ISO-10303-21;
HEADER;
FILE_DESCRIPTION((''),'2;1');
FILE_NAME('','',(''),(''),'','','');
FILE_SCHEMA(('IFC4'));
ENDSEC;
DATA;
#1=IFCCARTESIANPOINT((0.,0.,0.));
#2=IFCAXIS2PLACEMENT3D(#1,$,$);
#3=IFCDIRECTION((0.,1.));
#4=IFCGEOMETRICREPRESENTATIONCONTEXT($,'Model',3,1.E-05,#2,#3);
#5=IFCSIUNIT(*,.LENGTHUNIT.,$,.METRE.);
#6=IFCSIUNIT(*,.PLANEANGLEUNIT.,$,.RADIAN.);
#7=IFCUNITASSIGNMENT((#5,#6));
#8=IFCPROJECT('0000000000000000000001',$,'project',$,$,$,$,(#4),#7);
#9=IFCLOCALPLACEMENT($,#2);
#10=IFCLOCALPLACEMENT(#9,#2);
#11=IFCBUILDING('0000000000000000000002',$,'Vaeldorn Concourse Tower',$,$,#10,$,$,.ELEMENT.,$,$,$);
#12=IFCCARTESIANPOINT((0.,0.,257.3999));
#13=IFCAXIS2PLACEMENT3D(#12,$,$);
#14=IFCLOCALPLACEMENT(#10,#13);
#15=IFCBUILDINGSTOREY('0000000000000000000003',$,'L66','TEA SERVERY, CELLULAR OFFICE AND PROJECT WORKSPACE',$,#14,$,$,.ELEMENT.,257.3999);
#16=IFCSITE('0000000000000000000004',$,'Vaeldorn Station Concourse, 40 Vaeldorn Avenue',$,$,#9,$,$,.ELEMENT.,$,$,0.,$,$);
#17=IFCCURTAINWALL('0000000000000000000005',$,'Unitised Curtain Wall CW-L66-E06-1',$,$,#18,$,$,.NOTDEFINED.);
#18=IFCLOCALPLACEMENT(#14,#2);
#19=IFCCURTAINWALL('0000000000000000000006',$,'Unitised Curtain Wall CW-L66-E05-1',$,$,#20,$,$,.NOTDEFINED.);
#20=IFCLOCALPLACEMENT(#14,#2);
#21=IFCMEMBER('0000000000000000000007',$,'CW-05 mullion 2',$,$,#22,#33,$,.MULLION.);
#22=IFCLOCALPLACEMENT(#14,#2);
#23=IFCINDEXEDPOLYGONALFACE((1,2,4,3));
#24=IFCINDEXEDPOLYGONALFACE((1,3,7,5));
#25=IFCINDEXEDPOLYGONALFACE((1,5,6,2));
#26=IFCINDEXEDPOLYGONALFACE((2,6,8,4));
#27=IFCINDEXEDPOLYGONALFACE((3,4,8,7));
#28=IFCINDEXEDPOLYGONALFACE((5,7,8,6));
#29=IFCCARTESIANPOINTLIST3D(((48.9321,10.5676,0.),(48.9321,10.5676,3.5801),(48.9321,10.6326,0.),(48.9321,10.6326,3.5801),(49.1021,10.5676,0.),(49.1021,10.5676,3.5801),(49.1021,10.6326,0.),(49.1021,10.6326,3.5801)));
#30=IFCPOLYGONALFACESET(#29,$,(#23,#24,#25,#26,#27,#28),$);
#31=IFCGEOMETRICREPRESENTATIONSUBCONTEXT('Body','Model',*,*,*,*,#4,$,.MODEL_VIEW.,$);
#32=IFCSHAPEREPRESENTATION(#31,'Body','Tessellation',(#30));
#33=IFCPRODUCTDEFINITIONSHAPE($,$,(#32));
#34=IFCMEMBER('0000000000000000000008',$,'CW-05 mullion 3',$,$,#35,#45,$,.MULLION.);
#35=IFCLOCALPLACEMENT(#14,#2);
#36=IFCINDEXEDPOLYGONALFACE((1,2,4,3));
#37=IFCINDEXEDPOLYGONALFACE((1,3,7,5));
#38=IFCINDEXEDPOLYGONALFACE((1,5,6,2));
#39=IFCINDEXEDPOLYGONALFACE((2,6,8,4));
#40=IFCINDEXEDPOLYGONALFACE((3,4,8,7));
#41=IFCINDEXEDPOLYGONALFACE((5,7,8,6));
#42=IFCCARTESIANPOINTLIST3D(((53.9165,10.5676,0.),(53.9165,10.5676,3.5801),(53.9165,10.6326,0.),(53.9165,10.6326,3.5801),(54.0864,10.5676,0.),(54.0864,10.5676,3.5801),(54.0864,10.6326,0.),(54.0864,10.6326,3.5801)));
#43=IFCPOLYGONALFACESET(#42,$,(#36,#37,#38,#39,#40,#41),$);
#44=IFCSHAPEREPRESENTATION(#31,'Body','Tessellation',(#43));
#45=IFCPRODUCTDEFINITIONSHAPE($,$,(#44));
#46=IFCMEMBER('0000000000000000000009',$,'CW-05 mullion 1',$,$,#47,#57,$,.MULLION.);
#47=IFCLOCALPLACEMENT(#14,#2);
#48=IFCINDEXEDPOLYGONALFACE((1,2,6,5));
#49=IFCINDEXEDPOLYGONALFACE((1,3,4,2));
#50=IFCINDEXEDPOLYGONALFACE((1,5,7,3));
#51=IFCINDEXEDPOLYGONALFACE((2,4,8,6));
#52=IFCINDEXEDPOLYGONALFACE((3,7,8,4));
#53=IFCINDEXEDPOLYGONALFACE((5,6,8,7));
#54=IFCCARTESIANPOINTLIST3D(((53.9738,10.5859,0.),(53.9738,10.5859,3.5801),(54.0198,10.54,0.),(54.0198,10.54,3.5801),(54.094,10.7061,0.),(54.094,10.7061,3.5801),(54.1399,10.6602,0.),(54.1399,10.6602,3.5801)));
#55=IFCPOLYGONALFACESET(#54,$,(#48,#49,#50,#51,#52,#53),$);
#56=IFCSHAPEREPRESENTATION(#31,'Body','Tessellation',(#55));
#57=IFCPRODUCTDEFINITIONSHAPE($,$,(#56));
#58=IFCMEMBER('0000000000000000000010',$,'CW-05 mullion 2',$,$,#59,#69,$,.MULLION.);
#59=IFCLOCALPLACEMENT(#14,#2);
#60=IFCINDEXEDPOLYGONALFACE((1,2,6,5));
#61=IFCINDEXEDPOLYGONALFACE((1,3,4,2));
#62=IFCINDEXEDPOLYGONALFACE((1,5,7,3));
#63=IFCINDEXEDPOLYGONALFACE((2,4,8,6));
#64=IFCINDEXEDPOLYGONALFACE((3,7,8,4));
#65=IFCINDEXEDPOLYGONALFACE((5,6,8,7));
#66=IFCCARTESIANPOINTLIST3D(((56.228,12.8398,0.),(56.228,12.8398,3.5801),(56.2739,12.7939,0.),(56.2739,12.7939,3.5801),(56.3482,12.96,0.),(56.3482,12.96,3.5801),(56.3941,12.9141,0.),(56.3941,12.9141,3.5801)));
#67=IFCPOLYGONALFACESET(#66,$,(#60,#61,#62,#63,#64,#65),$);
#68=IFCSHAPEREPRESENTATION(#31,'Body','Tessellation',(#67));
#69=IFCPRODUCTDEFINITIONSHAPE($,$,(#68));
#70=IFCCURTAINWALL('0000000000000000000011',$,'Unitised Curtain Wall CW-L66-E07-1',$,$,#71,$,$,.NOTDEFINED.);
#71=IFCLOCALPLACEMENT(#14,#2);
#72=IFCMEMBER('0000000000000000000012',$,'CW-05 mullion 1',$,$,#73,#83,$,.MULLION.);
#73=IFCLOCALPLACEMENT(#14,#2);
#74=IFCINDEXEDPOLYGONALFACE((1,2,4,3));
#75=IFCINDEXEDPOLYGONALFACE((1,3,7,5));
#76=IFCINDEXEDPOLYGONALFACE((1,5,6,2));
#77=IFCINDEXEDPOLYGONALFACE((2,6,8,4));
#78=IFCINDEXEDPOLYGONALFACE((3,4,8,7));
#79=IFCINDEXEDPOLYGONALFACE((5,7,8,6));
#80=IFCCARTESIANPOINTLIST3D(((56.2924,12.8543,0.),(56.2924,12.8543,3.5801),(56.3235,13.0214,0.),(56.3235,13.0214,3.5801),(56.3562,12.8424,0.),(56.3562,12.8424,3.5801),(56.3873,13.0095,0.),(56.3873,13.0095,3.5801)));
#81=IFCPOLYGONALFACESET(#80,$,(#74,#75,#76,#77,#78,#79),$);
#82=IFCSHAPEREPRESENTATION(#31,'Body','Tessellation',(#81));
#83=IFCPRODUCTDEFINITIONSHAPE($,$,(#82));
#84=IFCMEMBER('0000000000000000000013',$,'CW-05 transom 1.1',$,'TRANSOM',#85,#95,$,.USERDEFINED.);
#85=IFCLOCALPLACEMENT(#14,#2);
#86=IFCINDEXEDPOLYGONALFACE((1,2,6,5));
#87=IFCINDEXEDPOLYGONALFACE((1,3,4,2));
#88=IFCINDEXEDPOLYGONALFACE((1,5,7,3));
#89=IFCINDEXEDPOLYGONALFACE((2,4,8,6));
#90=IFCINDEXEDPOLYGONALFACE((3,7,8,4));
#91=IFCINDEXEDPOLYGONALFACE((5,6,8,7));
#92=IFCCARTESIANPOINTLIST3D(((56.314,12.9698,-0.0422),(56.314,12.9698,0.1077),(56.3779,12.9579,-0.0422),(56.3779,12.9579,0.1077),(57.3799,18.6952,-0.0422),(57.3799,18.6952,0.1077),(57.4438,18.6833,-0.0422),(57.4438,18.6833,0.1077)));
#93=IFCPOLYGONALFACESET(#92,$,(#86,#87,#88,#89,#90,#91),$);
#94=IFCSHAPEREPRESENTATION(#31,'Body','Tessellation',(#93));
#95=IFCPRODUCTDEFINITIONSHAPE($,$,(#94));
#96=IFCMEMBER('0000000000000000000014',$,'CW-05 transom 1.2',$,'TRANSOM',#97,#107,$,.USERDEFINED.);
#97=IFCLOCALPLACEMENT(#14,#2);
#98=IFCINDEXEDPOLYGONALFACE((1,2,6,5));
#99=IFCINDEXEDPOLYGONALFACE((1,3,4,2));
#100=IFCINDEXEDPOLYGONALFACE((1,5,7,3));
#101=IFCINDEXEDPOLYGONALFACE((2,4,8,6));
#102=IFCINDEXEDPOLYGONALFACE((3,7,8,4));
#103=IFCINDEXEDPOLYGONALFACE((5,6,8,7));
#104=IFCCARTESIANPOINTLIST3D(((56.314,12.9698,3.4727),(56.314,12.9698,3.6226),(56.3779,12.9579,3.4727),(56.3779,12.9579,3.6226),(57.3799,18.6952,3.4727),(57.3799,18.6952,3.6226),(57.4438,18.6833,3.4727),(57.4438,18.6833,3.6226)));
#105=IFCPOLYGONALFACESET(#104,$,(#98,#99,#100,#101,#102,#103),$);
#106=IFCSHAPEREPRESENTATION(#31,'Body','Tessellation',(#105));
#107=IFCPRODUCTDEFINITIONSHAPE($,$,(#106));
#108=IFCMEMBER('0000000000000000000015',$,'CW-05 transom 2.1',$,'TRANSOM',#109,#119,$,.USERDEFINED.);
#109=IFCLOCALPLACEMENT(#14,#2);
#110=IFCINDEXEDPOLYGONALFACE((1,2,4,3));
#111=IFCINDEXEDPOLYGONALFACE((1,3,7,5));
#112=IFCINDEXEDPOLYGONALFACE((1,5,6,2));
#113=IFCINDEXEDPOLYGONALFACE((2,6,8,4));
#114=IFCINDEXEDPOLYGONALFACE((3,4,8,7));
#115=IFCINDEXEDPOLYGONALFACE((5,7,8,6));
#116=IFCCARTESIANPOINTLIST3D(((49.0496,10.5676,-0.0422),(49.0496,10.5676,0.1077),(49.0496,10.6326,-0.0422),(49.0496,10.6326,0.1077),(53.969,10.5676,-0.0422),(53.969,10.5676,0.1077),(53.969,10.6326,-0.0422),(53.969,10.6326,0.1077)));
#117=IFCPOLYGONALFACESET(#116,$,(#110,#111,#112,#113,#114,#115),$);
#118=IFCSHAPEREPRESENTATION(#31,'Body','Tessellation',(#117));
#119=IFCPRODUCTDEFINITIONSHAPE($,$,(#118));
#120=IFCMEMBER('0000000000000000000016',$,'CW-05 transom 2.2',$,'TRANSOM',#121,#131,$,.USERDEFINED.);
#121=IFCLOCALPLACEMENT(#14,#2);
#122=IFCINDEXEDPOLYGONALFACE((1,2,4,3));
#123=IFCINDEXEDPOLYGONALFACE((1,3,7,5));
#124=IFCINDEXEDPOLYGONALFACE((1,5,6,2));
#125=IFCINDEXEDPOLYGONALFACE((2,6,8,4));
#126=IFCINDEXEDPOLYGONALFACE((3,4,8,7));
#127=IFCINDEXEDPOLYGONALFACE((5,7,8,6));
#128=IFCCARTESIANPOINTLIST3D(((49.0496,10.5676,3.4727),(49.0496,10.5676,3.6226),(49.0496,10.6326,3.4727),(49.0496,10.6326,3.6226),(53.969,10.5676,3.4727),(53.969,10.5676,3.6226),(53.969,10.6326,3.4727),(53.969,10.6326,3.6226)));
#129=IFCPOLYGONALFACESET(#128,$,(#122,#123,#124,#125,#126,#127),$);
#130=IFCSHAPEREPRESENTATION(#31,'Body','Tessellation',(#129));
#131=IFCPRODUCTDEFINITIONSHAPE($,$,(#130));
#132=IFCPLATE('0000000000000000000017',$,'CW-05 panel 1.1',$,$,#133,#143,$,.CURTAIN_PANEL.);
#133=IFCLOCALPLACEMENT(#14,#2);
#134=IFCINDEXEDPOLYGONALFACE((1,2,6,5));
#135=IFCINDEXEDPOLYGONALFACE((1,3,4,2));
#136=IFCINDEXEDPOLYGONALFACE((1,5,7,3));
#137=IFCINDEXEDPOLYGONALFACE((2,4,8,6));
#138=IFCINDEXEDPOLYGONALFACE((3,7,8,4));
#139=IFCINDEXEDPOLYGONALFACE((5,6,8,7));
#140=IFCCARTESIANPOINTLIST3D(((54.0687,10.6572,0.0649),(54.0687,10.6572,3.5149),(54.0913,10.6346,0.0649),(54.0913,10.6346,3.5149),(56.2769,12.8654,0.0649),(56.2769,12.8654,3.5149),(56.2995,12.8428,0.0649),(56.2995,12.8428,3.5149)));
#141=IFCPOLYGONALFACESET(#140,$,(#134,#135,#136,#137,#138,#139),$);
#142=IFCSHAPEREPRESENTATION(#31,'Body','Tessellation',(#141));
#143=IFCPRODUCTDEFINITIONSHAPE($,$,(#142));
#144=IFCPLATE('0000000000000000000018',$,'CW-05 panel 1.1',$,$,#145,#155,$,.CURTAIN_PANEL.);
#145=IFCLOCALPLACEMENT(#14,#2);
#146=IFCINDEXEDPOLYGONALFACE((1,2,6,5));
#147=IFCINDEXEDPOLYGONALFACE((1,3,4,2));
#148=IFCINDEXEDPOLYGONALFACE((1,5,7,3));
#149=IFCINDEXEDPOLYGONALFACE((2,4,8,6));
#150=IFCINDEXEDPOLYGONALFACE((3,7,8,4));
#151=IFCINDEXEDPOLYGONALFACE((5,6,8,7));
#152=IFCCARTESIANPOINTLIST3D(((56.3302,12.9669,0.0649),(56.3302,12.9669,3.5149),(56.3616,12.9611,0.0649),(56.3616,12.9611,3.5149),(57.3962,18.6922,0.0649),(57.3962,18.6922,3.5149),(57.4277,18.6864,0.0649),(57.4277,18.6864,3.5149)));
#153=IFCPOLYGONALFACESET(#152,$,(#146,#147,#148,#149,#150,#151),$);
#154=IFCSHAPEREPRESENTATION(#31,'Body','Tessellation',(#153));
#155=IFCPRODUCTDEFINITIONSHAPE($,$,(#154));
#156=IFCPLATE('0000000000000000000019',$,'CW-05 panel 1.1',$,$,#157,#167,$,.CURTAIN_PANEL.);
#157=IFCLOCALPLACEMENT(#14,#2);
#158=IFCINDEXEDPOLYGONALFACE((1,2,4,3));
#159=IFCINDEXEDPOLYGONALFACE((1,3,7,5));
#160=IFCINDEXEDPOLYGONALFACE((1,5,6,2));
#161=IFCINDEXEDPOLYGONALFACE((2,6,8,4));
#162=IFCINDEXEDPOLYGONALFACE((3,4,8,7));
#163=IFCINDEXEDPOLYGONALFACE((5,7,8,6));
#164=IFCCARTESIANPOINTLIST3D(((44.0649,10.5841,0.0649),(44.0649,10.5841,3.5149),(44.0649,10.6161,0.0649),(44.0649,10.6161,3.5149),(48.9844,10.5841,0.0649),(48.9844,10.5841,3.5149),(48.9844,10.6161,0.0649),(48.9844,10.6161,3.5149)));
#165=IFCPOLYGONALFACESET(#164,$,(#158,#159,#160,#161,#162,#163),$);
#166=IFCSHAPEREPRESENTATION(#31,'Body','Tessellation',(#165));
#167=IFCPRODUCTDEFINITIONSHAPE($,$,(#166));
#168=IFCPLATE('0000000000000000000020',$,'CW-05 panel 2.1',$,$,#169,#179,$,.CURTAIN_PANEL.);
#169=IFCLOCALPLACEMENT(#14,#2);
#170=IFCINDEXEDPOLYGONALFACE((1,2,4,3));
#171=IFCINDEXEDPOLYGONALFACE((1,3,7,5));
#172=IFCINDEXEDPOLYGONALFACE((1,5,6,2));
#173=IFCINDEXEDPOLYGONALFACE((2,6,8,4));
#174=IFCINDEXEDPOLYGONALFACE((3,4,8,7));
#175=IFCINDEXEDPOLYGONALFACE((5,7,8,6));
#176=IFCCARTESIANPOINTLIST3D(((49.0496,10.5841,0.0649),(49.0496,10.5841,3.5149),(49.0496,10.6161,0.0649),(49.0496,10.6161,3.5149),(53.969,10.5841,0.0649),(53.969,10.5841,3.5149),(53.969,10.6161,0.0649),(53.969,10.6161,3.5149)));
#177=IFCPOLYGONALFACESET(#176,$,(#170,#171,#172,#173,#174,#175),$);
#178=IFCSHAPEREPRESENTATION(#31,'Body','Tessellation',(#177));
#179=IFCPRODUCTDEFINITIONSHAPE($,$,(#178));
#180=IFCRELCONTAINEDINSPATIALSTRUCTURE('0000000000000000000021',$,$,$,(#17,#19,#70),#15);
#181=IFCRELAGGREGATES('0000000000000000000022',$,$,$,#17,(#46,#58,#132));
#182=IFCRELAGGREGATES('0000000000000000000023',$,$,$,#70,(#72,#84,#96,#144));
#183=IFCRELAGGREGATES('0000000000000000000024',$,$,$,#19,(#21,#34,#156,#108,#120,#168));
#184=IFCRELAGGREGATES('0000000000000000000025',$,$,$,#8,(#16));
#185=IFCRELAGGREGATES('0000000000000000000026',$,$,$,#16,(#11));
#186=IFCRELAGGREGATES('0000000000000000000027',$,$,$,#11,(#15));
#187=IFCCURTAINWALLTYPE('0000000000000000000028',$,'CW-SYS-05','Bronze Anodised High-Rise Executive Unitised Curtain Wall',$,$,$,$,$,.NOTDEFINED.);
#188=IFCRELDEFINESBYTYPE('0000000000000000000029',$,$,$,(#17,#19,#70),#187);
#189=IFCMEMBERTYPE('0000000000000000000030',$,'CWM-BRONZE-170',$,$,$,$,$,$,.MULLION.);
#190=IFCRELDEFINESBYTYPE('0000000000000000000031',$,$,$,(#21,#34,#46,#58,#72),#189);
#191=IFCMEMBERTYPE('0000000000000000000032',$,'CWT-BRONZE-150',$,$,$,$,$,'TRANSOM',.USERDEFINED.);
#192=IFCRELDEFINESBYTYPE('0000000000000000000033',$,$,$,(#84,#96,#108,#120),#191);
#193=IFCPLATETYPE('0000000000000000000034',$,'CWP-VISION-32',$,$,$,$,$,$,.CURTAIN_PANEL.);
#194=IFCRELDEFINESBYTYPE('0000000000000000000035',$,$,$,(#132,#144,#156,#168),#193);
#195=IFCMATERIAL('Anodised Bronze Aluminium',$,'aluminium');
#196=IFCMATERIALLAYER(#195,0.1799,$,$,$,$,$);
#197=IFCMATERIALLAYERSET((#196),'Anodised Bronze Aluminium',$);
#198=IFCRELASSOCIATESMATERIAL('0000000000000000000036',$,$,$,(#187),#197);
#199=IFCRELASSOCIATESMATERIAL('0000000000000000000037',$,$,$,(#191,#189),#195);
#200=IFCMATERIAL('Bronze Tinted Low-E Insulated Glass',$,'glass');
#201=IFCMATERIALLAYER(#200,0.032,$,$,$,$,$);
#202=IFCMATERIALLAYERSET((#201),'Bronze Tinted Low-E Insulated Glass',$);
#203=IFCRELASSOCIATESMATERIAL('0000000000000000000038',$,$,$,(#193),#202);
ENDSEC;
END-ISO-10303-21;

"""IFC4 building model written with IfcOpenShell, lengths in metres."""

from ifc_helpers import new_model, si_unit, direction, frame, origin, origin_2d, place, context, subcontext, project, spatial, rectangle, extrude, source, transform, mapped, material, layer, layer_set, material_profile, profile_set, type_object, element, aggregate, save


model = new_model("IFC4")

# Units and contexts
model_context = context("Model", 3, precision=1e-05, world=origin(), true_north=direction((0.0, 1.0)))
body_context = subcontext(model_context, "Body", "Model", "MODEL_VIEW")
ifc_project = project(units=[si_unit("LENGTHUNIT", "METRE"), si_unit("PLANEANGLEUNIT", "RADIAN")], contexts=[model_context])

# Site, building, storey
site_placement = place(None, origin())
site = spatial("IfcSite", under=ifc_project, at=site_placement, Name="Vaeldorn Station Concourse, 40 Vaeldorn Avenue", CompositionType="ELEMENT", RefElevation=0.0)
building_placement = place(site_placement, origin())
building = spatial("IfcBuilding", under=site, at=building_placement, Name="Vaeldorn Concourse Tower", CompositionType="ELEMENT")
storey_placement = place(building_placement, frame((0.0, 0.0, 257.3999)))
storey = spatial("IfcBuildingStorey", under=building, at=storey_placement, Name="L66", Description="TEA SERVERY, CELLULAR OFFICE AND PROJECT WORKSPACE", CompositionType="ELEMENT", Elevation=257.3999)

# Curtain walls, members
ifc_material_1 = material(Name="Anodised Bronze Aluminium", Category="aluminium")
ifc_layer_1 = layer(ifc_material_1, 0.1799)
ifc_layer_set_1 = layer_set([ifc_layer_1], Name="Anodised Bronze Aluminium")
curtain_wall_type = type_object("IfcCurtainWallType", Name="CW-SYS-05", Description="Bronze Anodised High-Rise Executive Unitised Curtain Wall", PredefinedType="NOTDEFINED", material=ifc_layer_set_1)
curtain_wall_1_placement = place(storey_placement, origin())
curtain_wall_1 = element("IfcCurtainWall", 1, at=curtain_wall_1_placement, inside=storey, type_object=curtain_wall_type, Name="Unitised Curtain Wall CW-L66-E06-1", PredefinedType="NOTDEFINED")
ifc_material_profile_1 = material_profile(ifc_material_1, rectangle(XDim=0.0649, YDim=0.1499, at=origin_2d()), Name="CWT 65x150")
ifc_profile_set_1 = profile_set([ifc_material_profile_1], Name="Anodised Bronze Aluminium")
member_type_1 = type_object("IfcMemberType", Name="CWT-BRONZE-150", ElementType="TRANSOM", PredefinedType="USERDEFINED", material=ifc_profile_set_1)
curtain_wall_2_placement = place(storey_placement, origin())
curtain_wall_2 = element("IfcCurtainWall", 2, at=curtain_wall_2_placement, inside=storey, type_object=curtain_wall_type, Name="Unitised Curtain Wall CW-L66-E05-1", PredefinedType="NOTDEFINED")
ifc_material_profile_2 = material_profile(ifc_material_1, rectangle(XDim=0.0649, YDim=0.1699, at=origin_2d()), Name="CWM 65x170")
ifc_profile_set_2 = profile_set([ifc_material_profile_2], Name="Anodised Bronze Aluminium")
member_type_2 = type_object("IfcMemberType", Name="CWM-BRONZE-170", PredefinedType="MULLION", material=ifc_profile_set_2)
shared_shape_1 = source(origin(), body_context, "Body", "SweptSolid", [
    extrude(rectangle(XDim=0.0649, YDim=0.1699, at=origin_2d()), origin(), (0.0, 0.0, 1.0), 3.5801),
])
member_1_placement = place(storey_placement, frame((49.0171, 10.6001, 0.0), z_axis=(0.0, 0.0, 1.0), x_axis=(0.0, 1.0, 0.0)))
member_1 = element("IfcMember", 3, at=member_1_placement, type_object=member_type_2, Name="CW-05 mullion 2", PredefinedType="MULLION", context=body_context, shape_type="MappedRepresentation", body=[
    mapped(shared_shape_1, transform((0.0, 0.0, 0.0), scale=1.0)),
])
member_2_placement = place(storey_placement, frame((54.0015, 10.6001, 0.0), z_axis=(0.0, 0.0, 1.0), x_axis=(0.0, 1.0, 0.0)))
member_2 = element("IfcMember", 4, at=member_2_placement, type_object=member_type_2, Name="CW-05 mullion 3", PredefinedType="MULLION", context=body_context, shape_type="MappedRepresentation", body=[
    mapped(shared_shape_1, transform((0.0, 0.0, 0.0), scale=1.0)),
])

# Members
member_3_placement = place(storey_placement, frame((54.0569, 10.623, 0.0), z_axis=(0.0, 0.0, 1.0), x_axis=(-0.707107, 0.707107, 0.0)))
member_3 = element("IfcMember", 5, at=member_3_placement, type_object=member_type_2, Name="CW-05 mullion 1", PredefinedType="MULLION", context=body_context, shape_type="MappedRepresentation", body=[
    mapped(shared_shape_1, transform((0.0, 0.0, 0.0), scale=1.0)),
])
member_4_placement = place(storey_placement, frame((56.311, 12.877, 0.0), z_axis=(0.0, 0.0, 1.0), x_axis=(-0.707107, 0.707107, 0.0)))
member_4 = element("IfcMember", 6, at=member_4_placement, type_object=member_type_2, Name="CW-05 mullion 2", PredefinedType="MULLION", context=body_context, shape_type="MappedRepresentation", body=[
    mapped(shared_shape_1, transform((0.0, 0.0, 0.0), scale=1.0)),
])

# Curtain wall, members
curtain_wall_3_placement = place(storey_placement, origin())
curtain_wall_3 = element("IfcCurtainWall", 7, at=curtain_wall_3_placement, inside=storey, type_object=curtain_wall_type, Name="Unitised Curtain Wall CW-L66-E07-1", PredefinedType="NOTDEFINED")
member_5_placement = place(storey_placement, frame((56.3398, 12.9319, 0.0), z_axis=(0.0, 0.0, 1.0), x_axis=(-0.983103, 0.183055, 0.0)))
member_5 = element("IfcMember", 8, at=member_5_placement, type_object=member_type_2, Name="CW-05 mullion 1", PredefinedType="MULLION", context=body_context, shape_type="MappedRepresentation", body=[
    mapped(shared_shape_1, transform((0.0, 0.0, 0.0), scale=1.0)),
])
shared_shape_2 = source(origin(), body_context, "Body", "SweptSolid", [
    extrude(rectangle(XDim=0.0649, YDim=0.1499, at=origin_2d()), origin(), (0.0, 0.0, 1.0), 5.8237),
])
member_6_placement = place(storey_placement, frame((56.3459, 12.9639, 0.0327), z_axis=(0.18303, 0.983107, 0.0), x_axis=(-0.983107, 0.18303, 0.0)))
member_6 = element("IfcMember", 9, at=member_6_placement, type_object=member_type_1, Name="CW-05 transom 1.1", ObjectType="TRANSOM", PredefinedType="USERDEFINED", context=body_context, shape_type="MappedRepresentation", body=[
    mapped(shared_shape_2, transform((0.0, 0.0, 0.0), scale=1.0)),
])
member_7_placement = place(storey_placement, frame((56.3459, 12.9639, 3.5476), z_axis=(0.18303, 0.983107, 0.0), x_axis=(-0.983107, 0.18303, 0.0)))
member_7 = element("IfcMember", 10, at=member_7_placement, type_object=member_type_1, Name="CW-05 transom 1.2", ObjectType="TRANSOM", PredefinedType="USERDEFINED", context=body_context, shape_type="MappedRepresentation", body=[
    mapped(shared_shape_2, transform((0.0, 0.0, 0.0), scale=1.0)),
])

# Members
shared_shape_3 = source(origin(), body_context, "Body", "SweptSolid", [
    extrude(rectangle(XDim=0.0649, YDim=0.1499, at=origin_2d()), origin(), (0.0, 0.0, 1.0), 4.9194),
])
member_8_placement = place(storey_placement, frame((49.0496, 10.6001, 0.0327), z_axis=(1.0, 0.0, 0.0), x_axis=(0.0, 1.0, 0.0)))
member_8 = element("IfcMember", 11, at=member_8_placement, type_object=member_type_1, Name="CW-05 transom 2.1", ObjectType="TRANSOM", PredefinedType="USERDEFINED", context=body_context, shape_type="MappedRepresentation", body=[
    mapped(shared_shape_3, transform((0.0, 0.0, 0.0), scale=1.0)),
])
member_9_placement = place(storey_placement, frame((49.0496, 10.6001, 3.5476), z_axis=(1.0, 0.0, 0.0), x_axis=(0.0, 1.0, 0.0)))
member_9 = element("IfcMember", 12, at=member_9_placement, type_object=member_type_1, Name="CW-05 transom 2.2", ObjectType="TRANSOM", PredefinedType="USERDEFINED", context=body_context, shape_type="MappedRepresentation", body=[
    mapped(shared_shape_3, transform((0.0, 0.0, 0.0), scale=1.0)),
])

# Plates
ifc_material_2 = material(Name="Bronze Tinted Low-E Insulated Glass", Category="glass")
ifc_layer_2 = layer(ifc_material_2, 0.032)
ifc_layer_set_2 = layer_set([ifc_layer_2], Name="Bronze Tinted Low-E Insulated Glass")
plate_type = type_object("IfcPlateType", Name="CWP-VISION-32", PredefinedType="CURTAIN_PANEL", material=ifc_layer_set_2)
shared_shape_4 = source(origin(), body_context, "Body", "SweptSolid", [
    extrude(rectangle(XDim=3.1228, YDim=0.032, at=origin_2d()), origin(), (0.0, 0.0, 1.0), 3.45),
])
plate_1_placement = place(storey_placement, frame((55.1841, 11.75, 0.0649), z_axis=(0.0, 0.0, 1.0), x_axis=(0.707107, 0.707107, 0.0)))
plate_1 = element("IfcPlate", 13, at=plate_1_placement, type_object=plate_type, Name="CW-05 panel 1.1", PredefinedType="CURTAIN_PANEL", context=body_context, shape_type="MappedRepresentation", body=[
    mapped(shared_shape_4, transform((0.0, 0.0, 0.0), scale=1.0)),
])
aggregate(curtain_wall_1, [member_3, member_4, plate_1])
shared_shape_5 = source(origin(), body_context, "Body", "SweptSolid", [
    extrude(rectangle(XDim=5.8237, YDim=0.032, at=origin_2d()), origin(), (0.0, 0.0, 1.0), 3.45),
])
plate_2_placement = place(storey_placement, frame((56.8789, 15.8267, 0.0649), z_axis=(0.0, 0.0, 1.0), x_axis=(0.183055, 0.983103, 0.0)))
plate_2 = element("IfcPlate", 14, at=plate_2_placement, type_object=plate_type, Name="CW-05 panel 1.1", PredefinedType="CURTAIN_PANEL", context=body_context, shape_type="MappedRepresentation", body=[
    mapped(shared_shape_5, transform((0.0, 0.0, 0.0), scale=1.0)),
])
aggregate(curtain_wall_3, [member_5, member_6, member_7, plate_2])
shared_shape_6 = source(origin(), body_context, "Body", "SweptSolid", [
    extrude(rectangle(XDim=4.9194, YDim=0.032, at=origin_2d()), origin(), (0.0, 0.0, 1.0), 3.45),
])
plate_3_placement = place(storey_placement, frame((46.5247, 10.6001, 0.0649), z_axis=(0.0, 0.0, 1.0), x_axis=(1.0, 0.0, 0.0)))
plate_3 = element("IfcPlate", 15, at=plate_3_placement, type_object=plate_type, Name="CW-05 panel 1.1", PredefinedType="CURTAIN_PANEL", context=body_context, shape_type="MappedRepresentation", body=[
    mapped(shared_shape_6, transform((0.0, 0.0, 0.0), scale=1.0)),
])
plate_4_placement = place(storey_placement, frame((51.5093, 10.6001, 0.0649), z_axis=(0.0, 0.0, 1.0), x_axis=(1.0, 0.0, 0.0)))
plate_4 = element("IfcPlate", 16, at=plate_4_placement, type_object=plate_type, Name="CW-05 panel 2.1", PredefinedType="CURTAIN_PANEL", context=body_context, shape_type="MappedRepresentation", body=[
    mapped(shared_shape_6, transform((0.0, 0.0, 0.0), scale=1.0)),
])
aggregate(curtain_wall_2, [member_1, member_2, plate_3, member_8, member_9, plate_4])

save(model, "model.ifc")
